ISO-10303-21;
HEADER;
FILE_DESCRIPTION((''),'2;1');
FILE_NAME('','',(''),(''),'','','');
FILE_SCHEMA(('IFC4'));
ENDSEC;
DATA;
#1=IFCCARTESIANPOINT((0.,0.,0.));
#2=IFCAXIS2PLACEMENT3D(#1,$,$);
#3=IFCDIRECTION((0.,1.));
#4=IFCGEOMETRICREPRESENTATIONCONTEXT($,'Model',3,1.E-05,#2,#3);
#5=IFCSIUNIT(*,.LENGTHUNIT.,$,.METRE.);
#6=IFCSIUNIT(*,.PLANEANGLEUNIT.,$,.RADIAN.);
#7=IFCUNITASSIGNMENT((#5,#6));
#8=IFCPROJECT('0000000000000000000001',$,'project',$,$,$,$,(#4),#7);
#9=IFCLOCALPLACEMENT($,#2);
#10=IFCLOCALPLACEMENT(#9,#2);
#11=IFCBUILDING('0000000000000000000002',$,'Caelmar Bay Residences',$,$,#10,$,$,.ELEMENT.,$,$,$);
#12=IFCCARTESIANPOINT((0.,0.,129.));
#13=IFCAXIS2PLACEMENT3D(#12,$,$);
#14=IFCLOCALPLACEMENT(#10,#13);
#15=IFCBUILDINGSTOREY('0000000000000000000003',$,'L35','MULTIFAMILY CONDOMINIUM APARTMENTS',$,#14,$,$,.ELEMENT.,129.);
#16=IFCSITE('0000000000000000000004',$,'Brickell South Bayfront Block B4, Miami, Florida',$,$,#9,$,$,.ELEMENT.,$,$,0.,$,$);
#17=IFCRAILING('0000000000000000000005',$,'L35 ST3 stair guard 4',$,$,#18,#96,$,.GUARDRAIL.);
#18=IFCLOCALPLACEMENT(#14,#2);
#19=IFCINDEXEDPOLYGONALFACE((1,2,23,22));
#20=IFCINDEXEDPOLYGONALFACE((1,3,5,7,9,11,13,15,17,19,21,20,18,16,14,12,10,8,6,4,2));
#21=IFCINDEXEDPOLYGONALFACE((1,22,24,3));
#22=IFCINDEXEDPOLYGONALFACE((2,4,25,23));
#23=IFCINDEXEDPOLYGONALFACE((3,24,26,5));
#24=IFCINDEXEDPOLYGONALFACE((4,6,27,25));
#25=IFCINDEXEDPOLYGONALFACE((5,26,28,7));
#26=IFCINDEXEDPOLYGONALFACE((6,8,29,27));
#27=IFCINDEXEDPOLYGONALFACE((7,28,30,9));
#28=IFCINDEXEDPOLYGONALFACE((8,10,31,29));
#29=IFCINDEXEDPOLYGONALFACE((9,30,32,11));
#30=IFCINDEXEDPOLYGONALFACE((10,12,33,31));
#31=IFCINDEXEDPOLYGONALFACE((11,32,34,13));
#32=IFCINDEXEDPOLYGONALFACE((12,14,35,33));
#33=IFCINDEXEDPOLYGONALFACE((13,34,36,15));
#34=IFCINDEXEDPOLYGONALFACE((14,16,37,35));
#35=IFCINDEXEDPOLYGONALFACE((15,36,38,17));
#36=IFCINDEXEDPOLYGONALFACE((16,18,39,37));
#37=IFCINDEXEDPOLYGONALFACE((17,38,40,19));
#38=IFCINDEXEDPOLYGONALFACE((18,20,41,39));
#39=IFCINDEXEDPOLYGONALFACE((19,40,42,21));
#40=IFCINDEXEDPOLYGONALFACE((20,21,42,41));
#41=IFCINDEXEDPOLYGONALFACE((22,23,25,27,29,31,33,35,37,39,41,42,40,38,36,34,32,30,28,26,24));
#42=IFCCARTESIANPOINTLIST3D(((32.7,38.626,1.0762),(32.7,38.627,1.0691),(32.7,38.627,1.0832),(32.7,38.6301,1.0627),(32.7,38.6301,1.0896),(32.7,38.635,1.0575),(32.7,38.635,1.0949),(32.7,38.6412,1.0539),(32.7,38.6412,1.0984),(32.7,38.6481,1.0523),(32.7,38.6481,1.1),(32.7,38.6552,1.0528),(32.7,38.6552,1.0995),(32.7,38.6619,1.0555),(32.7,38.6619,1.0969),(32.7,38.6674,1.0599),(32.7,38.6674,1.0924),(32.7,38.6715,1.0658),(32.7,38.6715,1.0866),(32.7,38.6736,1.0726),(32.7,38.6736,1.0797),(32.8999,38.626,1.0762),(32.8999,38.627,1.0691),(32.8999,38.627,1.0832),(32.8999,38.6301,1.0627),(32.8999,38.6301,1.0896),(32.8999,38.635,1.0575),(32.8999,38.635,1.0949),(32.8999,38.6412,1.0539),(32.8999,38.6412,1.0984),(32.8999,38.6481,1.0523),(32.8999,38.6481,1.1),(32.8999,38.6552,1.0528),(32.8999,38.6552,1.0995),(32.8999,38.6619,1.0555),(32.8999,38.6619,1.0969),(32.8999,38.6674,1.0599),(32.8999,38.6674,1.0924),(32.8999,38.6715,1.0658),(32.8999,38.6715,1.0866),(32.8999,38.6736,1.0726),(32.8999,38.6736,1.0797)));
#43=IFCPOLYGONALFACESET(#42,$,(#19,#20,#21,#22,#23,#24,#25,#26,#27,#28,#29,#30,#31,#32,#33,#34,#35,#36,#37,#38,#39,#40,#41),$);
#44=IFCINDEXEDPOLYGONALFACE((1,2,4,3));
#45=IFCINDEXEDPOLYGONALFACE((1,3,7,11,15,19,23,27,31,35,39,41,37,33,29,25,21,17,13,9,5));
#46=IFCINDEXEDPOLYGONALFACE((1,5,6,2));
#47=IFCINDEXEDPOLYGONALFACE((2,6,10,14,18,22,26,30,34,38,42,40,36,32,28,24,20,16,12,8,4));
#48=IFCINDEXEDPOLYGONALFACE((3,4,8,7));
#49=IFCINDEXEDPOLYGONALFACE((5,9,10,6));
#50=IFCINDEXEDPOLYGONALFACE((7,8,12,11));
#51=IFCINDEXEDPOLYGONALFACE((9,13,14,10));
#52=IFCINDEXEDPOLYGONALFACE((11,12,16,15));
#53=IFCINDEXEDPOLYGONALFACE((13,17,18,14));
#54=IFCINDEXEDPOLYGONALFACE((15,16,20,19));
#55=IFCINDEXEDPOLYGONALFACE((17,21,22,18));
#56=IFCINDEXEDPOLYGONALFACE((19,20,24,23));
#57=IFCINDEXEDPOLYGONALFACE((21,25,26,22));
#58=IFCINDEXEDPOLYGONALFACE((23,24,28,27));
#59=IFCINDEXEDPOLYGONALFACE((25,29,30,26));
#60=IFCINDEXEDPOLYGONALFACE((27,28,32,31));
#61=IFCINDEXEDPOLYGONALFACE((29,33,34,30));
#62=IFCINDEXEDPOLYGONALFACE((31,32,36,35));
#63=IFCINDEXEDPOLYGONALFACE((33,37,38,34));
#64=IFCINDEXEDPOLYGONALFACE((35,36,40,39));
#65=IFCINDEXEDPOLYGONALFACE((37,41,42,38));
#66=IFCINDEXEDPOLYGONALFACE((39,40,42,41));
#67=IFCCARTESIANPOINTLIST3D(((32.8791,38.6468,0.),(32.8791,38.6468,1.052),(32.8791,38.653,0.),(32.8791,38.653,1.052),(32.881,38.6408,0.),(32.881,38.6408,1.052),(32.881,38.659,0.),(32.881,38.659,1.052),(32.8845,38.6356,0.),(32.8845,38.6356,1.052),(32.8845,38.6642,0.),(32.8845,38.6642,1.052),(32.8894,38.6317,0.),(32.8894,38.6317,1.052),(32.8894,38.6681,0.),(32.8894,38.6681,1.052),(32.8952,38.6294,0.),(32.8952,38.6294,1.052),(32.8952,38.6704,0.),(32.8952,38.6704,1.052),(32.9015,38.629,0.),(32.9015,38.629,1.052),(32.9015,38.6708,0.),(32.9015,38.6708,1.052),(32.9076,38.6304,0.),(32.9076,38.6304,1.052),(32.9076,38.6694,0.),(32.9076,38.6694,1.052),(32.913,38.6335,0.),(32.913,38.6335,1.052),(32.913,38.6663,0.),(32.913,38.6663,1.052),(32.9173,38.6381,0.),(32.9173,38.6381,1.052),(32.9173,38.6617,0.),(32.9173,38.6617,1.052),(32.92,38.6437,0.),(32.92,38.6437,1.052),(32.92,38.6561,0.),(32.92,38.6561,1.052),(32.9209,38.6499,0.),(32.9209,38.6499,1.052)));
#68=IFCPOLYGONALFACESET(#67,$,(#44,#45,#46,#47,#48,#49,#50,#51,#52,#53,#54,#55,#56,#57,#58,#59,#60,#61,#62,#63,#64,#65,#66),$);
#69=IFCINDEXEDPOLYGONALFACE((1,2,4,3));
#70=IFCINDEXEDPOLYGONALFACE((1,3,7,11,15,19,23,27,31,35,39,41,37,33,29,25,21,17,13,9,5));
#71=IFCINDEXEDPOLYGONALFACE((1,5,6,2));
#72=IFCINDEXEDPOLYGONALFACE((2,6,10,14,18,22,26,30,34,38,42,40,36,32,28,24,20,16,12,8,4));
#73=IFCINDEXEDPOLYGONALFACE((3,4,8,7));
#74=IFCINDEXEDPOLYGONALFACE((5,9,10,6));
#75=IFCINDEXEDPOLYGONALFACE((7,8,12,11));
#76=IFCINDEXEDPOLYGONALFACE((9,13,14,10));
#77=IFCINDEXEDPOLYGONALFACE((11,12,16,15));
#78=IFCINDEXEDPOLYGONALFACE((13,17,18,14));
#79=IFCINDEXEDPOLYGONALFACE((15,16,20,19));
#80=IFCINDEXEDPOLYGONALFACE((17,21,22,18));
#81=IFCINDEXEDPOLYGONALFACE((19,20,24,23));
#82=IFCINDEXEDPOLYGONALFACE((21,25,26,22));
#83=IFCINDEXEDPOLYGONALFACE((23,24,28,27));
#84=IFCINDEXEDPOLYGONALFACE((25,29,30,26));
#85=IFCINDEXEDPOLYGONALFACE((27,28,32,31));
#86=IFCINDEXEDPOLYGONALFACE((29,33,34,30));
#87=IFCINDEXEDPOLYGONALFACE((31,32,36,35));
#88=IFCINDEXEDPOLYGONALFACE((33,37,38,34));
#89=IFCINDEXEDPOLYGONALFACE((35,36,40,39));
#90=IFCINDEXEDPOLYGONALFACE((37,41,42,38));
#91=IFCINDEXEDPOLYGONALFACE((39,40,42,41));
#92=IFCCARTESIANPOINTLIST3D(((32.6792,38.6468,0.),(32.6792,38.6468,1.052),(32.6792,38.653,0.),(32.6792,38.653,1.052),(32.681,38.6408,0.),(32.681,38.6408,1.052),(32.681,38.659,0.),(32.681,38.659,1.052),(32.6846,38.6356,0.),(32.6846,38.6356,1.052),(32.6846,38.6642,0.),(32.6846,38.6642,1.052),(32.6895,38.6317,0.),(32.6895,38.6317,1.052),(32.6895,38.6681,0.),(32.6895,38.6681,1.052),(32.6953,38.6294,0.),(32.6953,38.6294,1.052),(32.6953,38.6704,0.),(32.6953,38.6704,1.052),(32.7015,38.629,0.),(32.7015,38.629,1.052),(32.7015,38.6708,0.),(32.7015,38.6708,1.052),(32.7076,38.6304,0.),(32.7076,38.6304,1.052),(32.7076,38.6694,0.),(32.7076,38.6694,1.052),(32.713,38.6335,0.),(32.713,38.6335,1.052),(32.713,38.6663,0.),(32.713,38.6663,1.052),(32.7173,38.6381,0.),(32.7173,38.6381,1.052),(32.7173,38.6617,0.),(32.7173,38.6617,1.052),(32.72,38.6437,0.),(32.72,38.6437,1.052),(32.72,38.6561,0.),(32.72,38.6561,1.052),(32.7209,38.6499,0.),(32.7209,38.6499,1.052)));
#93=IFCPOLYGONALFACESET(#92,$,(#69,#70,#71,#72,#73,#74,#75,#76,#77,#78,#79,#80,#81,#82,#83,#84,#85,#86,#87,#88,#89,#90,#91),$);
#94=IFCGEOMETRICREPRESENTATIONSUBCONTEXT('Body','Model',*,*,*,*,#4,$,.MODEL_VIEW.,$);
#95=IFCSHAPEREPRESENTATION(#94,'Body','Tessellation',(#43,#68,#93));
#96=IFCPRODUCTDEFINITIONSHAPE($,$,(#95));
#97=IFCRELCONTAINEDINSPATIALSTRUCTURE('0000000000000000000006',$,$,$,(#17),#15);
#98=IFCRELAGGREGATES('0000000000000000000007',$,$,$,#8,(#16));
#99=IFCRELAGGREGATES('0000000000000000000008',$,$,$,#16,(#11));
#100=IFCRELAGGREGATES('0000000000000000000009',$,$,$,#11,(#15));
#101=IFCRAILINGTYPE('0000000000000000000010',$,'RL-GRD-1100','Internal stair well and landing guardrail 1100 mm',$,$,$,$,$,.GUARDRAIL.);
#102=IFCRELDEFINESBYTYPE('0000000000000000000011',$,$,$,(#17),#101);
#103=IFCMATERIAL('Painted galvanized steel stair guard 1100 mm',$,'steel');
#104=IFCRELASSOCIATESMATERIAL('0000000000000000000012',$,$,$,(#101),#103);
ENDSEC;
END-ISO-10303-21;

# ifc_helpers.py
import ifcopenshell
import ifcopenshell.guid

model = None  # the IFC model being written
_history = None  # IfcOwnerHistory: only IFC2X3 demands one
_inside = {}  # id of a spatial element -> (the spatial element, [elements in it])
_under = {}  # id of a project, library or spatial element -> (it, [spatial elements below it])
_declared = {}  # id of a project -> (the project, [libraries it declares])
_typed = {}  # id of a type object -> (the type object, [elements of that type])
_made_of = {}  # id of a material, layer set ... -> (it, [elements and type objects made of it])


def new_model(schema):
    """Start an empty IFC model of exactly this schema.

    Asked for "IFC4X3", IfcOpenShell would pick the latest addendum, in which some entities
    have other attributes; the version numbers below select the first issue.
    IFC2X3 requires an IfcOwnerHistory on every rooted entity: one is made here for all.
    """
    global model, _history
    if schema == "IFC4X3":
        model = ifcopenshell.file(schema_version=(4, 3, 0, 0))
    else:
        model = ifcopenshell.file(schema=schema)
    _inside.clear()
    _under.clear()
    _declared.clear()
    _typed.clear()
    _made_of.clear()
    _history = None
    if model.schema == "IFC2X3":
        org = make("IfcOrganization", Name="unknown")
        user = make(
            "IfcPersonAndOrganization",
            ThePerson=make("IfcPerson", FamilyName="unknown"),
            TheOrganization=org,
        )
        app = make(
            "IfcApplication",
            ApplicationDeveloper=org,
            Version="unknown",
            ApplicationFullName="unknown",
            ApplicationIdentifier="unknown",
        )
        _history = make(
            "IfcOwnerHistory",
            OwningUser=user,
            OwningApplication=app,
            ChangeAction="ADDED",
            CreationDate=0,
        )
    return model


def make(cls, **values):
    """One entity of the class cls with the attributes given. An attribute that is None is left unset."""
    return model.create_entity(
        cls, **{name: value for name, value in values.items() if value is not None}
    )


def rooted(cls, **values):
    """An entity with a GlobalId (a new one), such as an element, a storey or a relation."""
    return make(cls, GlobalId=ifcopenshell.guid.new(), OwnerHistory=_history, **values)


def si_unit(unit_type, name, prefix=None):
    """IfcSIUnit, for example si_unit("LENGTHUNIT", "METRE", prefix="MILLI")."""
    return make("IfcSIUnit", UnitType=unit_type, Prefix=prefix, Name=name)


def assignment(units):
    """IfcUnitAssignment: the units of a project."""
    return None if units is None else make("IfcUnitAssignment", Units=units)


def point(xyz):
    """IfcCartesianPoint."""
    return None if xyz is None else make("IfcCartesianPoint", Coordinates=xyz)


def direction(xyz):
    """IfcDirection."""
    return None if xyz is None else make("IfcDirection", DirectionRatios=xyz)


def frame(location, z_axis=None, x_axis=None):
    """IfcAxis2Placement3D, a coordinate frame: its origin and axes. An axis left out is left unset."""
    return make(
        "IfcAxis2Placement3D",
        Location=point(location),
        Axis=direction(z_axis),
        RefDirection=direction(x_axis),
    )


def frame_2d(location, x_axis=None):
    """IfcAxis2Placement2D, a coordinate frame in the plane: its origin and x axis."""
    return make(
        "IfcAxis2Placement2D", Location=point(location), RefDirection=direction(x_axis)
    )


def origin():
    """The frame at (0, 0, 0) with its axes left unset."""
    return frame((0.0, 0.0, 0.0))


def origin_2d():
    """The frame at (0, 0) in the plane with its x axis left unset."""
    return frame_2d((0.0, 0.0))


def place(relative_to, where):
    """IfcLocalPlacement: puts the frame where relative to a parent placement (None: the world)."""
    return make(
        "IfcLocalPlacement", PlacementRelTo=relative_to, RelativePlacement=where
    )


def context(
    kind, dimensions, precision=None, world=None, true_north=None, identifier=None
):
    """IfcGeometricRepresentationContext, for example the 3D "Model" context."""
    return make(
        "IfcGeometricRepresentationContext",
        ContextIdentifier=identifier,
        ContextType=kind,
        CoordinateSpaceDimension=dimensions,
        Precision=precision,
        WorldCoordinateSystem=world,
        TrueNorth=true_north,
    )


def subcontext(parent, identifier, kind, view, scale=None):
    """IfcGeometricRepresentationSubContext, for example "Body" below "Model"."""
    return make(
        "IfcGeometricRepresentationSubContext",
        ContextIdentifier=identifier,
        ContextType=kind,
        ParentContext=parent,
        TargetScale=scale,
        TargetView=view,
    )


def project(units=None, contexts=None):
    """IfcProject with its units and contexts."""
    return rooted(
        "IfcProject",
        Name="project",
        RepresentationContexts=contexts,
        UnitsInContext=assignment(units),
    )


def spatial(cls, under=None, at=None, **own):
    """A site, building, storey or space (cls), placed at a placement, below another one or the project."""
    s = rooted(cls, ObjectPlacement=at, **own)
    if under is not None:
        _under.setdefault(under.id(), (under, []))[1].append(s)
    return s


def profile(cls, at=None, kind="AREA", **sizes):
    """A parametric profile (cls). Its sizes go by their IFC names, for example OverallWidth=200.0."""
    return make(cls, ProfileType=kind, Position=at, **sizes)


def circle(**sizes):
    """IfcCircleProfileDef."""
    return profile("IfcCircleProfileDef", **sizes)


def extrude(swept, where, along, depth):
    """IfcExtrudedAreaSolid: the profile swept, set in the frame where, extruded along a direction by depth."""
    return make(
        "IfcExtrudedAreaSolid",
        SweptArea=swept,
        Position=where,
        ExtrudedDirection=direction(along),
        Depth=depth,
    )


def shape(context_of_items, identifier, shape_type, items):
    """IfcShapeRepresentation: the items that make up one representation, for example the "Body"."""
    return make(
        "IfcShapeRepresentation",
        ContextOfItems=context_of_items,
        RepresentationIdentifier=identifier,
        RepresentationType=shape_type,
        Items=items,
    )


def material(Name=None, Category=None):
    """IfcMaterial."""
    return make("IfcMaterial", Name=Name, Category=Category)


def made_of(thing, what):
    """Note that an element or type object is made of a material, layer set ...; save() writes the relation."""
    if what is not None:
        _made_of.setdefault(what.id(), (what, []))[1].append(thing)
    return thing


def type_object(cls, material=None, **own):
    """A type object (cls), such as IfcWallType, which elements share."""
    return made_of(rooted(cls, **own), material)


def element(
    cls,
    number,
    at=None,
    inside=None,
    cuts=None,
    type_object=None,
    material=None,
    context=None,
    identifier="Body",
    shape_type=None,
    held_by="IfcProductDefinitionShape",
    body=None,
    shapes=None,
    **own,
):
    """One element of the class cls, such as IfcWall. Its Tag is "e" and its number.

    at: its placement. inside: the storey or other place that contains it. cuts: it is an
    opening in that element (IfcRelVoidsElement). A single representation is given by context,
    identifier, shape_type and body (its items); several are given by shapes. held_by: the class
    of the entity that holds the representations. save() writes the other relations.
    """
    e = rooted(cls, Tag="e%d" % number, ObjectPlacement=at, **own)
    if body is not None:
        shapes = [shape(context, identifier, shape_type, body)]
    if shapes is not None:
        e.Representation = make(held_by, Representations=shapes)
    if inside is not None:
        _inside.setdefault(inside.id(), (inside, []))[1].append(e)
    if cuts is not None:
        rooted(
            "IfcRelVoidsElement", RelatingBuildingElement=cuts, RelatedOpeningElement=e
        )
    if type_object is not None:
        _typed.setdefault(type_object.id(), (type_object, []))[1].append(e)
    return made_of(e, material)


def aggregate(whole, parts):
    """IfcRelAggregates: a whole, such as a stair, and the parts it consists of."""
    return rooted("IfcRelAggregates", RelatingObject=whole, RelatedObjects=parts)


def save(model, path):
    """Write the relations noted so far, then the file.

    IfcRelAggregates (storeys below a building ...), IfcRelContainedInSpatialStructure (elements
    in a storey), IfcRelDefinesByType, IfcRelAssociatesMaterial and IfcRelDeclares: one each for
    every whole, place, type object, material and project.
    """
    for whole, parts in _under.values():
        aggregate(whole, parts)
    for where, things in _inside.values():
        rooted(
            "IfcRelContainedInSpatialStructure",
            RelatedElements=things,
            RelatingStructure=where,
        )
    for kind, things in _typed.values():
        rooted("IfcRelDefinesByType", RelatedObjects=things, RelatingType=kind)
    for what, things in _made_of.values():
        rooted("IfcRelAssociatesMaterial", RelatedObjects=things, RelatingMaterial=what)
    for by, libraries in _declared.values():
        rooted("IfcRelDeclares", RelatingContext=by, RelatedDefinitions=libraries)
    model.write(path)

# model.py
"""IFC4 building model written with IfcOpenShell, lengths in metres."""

from ifc_helpers import new_model, si_unit, direction, frame, origin, origin_2d, place, context, subcontext, project, spatial, circle, extrude, material, type_object, element, save


model = new_model("IFC4")

# Units and contexts
model_context = context("Model", 3, precision=1e-05, world=origin(), true_north=direction((0.0, 1.0)))
body_context = subcontext(model_context, "Body", "Model", "MODEL_VIEW")
ifc_project = project(units=[si_unit("LENGTHUNIT", "METRE"), si_unit("PLANEANGLEUNIT", "RADIAN")], contexts=[model_context])

# Site, building, storey
site_placement = place(None, origin())
site = spatial("IfcSite", under=ifc_project, at=site_placement, Name="Brickell South Bayfront Block B4, Miami, Florida", CompositionType="ELEMENT", RefElevation=0.0)
building_placement = place(site_placement, origin())
building = spatial("IfcBuilding", under=site, at=building_placement, Name="Caelmar Bay Residences", CompositionType="ELEMENT")
storey_placement = place(building_placement, frame((0.0, 0.0, 129.0)))
storey = spatial("IfcBuildingStorey", under=building, at=storey_placement, Name="L35", Description="MULTIFAMILY CONDOMINIUM APARTMENTS", CompositionType="ELEMENT", Elevation=129.0)

# Railing
ifc_material_1 = material(Name="Painted galvanized steel stair guard 1100 mm", Category="steel")
railing_type_1 = type_object("IfcRailingType", Name="RL-GRD-1100", Description="Internal stair well and landing guardrail 1100 mm", PredefinedType="GUARDRAIL", material=ifc_material_1)
railing_1_placement = place(storey_placement, frame((32.8999, 38.6499, 0.0)))
element("IfcRailing", 1, at=railing_1_placement, inside=storey, type_object=railing_type_1, Name="L35 ST3 stair guard 4", PredefinedType="GUARDRAIL", context=body_context, shape_type="SweptSolid", body=[
    extrude(circle(Radius=0.0239, at=origin_2d()), frame((0.0, 0.0, 1.0762), z_axis=(-1.0, 0.0, 0.0), x_axis=(0.0, -1.0, 0.0)), (0.0, 0.0, 1.0), 0.2),
    extrude(circle(Radius=0.021, at=origin_2d()), origin(), (0.0, 0.0, 1.0), 1.052),
    extrude(circle(Radius=0.021, at=origin_2d()), frame((-0.2, 0.0, 0.0)), (0.0, 0.0, 1.0), 1.052),
])

save(model, "model.ifc")
